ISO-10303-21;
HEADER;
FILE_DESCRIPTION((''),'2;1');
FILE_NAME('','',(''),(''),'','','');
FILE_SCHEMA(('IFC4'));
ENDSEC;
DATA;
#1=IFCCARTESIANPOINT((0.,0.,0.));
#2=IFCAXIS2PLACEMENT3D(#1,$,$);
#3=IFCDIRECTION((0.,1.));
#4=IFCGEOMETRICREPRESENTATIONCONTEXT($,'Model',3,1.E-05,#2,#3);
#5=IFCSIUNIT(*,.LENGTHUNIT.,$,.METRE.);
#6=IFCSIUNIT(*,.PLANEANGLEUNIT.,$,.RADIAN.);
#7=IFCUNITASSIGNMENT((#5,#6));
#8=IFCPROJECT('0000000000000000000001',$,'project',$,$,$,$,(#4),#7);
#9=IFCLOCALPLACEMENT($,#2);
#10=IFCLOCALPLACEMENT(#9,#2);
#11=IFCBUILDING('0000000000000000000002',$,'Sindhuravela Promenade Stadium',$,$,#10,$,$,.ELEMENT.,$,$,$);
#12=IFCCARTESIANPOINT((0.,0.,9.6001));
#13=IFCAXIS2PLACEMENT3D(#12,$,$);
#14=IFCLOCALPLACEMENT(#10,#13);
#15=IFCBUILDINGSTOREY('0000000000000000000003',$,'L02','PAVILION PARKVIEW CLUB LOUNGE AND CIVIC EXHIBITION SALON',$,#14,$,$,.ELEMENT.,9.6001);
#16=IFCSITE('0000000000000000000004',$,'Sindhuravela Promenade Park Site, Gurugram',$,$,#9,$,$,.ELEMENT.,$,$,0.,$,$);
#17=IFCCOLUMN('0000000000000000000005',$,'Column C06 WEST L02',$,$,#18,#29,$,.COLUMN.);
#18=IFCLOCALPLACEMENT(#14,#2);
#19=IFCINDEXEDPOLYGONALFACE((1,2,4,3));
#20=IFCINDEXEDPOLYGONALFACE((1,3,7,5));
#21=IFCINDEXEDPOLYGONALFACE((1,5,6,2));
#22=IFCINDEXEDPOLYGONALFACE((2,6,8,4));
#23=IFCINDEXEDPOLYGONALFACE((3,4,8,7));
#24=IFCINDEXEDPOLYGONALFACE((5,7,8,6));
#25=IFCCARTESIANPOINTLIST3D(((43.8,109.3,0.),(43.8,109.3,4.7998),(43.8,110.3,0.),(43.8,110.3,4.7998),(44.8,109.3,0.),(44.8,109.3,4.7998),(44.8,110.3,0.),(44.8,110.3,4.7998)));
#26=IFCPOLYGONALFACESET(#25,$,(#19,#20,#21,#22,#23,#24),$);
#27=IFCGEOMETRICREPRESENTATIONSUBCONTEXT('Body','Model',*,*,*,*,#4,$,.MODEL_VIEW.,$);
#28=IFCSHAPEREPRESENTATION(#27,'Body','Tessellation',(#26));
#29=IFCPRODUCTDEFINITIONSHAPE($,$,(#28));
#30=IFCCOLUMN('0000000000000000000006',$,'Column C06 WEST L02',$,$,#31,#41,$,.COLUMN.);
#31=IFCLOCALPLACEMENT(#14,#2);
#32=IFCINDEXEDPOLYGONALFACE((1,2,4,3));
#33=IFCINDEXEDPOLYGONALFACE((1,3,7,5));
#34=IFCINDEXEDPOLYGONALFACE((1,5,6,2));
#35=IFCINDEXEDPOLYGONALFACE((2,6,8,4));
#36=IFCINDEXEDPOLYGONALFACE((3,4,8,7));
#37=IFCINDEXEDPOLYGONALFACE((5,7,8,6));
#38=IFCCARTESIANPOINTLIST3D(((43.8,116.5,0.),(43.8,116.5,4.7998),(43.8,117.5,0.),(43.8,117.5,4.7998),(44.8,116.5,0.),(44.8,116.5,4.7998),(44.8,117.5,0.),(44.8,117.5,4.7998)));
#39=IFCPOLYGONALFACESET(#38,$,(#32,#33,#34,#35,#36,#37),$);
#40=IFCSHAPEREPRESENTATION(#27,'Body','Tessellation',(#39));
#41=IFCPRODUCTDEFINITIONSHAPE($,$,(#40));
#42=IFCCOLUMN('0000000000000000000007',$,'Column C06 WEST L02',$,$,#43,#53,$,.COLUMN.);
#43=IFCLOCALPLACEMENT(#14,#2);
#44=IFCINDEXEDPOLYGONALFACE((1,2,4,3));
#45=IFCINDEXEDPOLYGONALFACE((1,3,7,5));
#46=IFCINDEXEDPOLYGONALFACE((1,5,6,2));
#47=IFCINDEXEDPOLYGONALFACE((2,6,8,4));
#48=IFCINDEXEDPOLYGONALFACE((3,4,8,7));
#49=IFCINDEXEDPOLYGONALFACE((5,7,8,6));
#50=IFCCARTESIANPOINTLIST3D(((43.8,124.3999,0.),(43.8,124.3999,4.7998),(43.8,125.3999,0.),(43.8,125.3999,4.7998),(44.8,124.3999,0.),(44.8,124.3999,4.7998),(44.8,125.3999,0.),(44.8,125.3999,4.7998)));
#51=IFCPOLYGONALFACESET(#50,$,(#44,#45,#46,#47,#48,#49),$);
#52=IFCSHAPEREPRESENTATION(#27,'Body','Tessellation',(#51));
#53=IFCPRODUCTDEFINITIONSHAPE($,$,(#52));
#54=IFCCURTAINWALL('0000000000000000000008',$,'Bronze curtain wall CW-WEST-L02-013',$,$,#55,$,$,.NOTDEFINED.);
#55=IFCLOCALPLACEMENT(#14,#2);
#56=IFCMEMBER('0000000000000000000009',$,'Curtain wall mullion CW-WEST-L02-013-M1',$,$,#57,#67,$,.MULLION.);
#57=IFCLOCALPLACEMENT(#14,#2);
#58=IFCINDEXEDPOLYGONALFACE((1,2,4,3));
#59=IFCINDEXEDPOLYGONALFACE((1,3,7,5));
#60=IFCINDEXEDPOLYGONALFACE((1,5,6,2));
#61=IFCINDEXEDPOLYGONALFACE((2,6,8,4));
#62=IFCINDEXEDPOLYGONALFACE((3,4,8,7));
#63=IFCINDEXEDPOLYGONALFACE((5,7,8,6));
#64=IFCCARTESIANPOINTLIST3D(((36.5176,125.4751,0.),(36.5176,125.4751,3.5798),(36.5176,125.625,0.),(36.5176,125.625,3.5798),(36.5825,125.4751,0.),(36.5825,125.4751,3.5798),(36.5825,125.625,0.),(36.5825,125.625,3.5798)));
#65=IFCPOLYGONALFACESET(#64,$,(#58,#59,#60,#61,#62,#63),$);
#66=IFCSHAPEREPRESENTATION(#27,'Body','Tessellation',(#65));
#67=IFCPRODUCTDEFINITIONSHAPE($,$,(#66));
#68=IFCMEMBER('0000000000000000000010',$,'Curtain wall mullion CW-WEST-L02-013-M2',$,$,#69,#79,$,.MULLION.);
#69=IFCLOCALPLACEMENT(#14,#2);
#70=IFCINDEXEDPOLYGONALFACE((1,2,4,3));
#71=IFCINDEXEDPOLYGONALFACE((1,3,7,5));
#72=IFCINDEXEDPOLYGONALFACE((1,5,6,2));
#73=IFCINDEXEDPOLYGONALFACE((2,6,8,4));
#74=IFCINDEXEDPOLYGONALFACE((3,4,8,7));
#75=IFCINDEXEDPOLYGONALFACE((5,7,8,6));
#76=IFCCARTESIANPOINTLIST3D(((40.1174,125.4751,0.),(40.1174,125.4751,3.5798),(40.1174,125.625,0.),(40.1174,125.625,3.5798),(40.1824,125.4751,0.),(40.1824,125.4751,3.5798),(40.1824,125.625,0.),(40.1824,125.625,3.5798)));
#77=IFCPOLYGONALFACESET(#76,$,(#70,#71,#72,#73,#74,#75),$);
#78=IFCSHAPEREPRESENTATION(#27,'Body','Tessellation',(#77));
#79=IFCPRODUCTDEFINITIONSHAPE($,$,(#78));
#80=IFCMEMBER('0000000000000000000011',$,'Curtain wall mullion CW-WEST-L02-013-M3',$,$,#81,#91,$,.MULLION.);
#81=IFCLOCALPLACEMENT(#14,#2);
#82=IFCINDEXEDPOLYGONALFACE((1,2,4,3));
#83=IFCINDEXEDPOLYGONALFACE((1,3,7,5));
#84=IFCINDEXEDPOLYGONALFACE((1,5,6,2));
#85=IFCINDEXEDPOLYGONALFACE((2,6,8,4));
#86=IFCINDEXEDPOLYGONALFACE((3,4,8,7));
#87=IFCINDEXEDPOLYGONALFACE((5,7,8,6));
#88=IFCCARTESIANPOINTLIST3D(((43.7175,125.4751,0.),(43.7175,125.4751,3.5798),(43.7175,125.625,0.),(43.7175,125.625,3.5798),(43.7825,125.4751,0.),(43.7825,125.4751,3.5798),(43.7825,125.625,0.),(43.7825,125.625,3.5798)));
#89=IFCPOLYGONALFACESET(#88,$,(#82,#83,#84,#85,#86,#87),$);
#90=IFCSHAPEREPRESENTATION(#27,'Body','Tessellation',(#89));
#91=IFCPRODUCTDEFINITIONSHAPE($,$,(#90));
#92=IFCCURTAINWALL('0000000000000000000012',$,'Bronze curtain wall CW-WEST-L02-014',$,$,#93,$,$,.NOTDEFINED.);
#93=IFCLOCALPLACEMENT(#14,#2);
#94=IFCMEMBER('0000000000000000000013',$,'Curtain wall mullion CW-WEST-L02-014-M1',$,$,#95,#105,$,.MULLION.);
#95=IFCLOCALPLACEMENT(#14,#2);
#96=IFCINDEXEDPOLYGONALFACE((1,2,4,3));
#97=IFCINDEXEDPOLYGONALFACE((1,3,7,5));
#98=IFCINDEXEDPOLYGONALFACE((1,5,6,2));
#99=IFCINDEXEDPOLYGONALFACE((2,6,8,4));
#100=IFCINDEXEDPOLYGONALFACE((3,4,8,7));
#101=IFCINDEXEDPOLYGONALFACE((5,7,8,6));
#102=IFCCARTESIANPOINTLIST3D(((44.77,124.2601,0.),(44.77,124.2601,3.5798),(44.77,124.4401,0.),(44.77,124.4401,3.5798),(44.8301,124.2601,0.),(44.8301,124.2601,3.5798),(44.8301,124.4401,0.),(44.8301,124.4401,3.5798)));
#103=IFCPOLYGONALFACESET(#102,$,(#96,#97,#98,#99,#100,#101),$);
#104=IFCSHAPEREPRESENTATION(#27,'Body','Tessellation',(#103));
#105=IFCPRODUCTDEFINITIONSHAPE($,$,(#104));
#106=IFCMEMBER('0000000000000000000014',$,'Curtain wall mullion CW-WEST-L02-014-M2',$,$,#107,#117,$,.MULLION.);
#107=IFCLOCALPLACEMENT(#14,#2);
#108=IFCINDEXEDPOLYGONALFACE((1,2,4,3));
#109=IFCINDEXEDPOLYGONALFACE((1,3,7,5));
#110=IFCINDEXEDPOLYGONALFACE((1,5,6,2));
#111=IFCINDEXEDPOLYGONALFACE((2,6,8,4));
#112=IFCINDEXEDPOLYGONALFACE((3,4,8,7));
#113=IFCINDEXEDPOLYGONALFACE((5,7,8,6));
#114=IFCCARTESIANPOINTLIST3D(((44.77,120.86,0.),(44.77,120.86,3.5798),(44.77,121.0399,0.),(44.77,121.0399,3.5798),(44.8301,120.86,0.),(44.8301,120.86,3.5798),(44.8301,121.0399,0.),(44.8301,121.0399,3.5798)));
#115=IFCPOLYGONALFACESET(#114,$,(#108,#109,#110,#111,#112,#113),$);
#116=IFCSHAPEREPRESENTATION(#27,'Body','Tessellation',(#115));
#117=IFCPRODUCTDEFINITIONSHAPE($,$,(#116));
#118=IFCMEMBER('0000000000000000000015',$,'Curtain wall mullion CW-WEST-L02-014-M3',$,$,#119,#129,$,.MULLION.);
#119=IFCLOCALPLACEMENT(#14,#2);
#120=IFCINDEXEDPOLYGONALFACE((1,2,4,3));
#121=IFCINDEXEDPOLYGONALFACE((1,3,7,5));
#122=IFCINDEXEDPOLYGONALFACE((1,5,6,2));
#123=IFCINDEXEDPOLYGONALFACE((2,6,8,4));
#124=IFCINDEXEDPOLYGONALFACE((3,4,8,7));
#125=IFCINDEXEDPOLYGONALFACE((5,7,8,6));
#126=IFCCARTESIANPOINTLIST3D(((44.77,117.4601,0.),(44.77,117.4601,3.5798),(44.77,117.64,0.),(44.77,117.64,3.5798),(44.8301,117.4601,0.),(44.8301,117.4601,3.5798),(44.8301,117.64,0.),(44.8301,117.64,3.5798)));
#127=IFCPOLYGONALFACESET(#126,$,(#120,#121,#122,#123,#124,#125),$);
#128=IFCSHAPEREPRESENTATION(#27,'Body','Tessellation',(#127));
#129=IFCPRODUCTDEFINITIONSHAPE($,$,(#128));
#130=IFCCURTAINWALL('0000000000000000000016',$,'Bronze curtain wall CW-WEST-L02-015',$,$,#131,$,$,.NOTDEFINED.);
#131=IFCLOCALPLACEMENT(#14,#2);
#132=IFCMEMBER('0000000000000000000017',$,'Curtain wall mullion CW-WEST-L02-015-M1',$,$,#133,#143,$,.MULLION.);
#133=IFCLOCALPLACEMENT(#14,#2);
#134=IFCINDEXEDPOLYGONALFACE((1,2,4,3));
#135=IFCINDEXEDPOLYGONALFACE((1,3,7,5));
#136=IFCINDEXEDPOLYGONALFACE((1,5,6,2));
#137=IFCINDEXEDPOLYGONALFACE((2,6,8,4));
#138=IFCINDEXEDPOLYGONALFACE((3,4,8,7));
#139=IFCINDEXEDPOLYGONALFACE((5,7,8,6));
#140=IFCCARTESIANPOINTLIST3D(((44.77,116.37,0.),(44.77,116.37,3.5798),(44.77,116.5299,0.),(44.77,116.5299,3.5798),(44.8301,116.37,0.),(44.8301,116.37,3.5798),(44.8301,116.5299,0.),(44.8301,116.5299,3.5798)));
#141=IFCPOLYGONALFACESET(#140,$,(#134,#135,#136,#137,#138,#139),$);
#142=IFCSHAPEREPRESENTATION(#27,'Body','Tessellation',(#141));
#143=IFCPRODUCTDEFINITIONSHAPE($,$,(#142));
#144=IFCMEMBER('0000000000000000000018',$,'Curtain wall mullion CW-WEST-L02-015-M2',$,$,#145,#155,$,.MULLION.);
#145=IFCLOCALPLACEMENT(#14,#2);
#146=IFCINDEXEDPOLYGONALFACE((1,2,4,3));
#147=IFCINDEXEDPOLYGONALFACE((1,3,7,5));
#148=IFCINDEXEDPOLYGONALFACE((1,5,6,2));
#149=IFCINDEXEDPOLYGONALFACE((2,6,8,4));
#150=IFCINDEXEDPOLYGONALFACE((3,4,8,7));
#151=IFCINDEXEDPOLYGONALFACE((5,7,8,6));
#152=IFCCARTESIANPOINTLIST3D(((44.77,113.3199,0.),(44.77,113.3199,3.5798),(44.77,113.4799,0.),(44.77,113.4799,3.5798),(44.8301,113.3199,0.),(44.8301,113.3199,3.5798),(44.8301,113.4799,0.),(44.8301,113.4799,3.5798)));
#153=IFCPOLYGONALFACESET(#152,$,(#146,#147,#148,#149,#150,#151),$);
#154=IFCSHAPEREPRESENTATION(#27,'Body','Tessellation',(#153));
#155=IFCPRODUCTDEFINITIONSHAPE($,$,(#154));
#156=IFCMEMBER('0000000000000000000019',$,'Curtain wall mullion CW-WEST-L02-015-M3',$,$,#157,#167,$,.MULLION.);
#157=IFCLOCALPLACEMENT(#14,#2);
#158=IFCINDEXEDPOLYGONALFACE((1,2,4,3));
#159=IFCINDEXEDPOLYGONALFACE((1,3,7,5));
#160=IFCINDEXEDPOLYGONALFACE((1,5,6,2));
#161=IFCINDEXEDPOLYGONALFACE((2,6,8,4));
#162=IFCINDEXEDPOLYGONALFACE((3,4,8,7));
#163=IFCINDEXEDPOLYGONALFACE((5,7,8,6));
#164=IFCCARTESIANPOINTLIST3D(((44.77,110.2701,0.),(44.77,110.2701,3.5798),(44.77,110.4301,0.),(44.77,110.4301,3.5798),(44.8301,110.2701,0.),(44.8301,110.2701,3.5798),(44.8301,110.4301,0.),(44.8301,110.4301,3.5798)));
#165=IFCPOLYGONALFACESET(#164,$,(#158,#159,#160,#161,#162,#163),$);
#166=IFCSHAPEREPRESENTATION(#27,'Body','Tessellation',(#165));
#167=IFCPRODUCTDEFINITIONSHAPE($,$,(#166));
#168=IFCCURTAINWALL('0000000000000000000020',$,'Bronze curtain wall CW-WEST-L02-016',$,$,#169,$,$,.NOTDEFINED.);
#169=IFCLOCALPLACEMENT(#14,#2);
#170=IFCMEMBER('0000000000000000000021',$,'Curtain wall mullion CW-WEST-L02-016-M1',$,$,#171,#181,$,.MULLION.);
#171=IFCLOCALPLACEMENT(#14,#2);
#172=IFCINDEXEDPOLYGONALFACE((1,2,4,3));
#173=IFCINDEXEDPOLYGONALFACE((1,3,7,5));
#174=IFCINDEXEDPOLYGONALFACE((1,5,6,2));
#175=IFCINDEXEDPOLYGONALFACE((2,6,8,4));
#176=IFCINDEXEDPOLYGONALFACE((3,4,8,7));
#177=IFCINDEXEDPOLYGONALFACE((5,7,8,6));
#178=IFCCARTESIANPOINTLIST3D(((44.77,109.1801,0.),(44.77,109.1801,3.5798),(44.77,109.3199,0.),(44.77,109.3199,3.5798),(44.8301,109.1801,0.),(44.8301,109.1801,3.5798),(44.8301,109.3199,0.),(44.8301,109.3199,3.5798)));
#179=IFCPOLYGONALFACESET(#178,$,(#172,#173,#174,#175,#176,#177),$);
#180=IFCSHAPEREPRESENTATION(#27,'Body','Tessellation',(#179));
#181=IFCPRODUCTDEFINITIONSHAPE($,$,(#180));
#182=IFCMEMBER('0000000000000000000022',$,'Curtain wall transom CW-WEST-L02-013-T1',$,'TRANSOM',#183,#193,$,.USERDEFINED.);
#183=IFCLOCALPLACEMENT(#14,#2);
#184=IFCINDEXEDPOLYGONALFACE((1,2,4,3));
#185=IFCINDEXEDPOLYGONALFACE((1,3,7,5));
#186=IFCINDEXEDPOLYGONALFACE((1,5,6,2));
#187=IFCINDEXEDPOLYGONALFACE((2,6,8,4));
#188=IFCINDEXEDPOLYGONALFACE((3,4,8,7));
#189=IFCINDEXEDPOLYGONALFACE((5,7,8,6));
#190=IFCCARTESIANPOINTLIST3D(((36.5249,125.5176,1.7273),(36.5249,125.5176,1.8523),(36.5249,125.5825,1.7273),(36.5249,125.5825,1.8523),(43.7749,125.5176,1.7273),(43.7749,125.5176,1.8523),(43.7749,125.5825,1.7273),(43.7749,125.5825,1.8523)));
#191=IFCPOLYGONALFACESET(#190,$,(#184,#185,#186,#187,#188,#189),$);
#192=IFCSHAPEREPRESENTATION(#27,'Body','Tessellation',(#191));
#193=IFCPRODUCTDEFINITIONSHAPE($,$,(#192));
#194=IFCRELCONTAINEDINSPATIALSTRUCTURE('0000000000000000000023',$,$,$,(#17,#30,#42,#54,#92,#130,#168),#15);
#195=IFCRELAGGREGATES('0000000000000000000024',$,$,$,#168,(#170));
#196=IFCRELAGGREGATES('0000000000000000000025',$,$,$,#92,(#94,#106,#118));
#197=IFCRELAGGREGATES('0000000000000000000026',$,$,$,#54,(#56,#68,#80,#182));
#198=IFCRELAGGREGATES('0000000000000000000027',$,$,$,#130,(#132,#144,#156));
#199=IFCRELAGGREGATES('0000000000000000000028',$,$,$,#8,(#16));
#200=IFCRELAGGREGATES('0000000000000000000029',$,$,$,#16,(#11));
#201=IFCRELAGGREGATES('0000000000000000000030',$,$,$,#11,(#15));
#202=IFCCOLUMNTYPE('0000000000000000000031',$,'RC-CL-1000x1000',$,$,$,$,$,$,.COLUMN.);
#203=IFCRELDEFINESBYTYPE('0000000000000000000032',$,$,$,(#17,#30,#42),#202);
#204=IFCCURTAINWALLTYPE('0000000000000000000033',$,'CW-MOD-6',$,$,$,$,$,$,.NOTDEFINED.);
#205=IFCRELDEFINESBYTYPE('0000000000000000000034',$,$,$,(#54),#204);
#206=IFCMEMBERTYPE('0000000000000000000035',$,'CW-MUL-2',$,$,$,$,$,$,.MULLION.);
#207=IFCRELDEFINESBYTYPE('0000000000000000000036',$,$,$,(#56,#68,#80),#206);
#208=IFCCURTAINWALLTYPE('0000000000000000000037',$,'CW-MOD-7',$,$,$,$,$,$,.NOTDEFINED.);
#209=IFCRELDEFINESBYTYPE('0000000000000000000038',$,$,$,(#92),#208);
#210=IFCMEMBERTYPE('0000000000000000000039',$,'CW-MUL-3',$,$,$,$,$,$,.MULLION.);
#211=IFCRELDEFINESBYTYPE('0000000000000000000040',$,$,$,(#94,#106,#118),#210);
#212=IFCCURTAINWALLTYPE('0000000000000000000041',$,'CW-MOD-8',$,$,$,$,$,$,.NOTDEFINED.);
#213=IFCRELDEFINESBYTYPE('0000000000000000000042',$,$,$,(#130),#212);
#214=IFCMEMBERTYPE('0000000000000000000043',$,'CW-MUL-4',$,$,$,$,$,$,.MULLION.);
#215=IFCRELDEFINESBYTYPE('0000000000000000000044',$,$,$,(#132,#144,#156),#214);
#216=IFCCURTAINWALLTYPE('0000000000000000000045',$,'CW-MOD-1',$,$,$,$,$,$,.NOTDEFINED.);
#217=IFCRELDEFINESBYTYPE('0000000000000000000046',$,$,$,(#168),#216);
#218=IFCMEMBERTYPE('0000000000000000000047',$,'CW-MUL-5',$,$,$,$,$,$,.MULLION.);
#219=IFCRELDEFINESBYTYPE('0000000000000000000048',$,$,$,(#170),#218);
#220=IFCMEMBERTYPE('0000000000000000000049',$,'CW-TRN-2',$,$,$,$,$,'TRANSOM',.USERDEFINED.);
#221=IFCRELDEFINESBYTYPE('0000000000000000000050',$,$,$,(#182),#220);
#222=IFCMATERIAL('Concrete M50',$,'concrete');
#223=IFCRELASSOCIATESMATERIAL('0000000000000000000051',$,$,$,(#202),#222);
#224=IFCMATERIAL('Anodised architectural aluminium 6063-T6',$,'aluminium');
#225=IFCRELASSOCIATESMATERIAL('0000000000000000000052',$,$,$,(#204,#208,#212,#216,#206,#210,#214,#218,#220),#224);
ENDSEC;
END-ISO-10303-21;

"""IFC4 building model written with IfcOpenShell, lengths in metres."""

from ifc_helpers import new_model, si_unit, direction, frame, origin, origin_2d, place, context, subcontext, project, spatial, rectangle, extrude, material, material_profile, profile_set, type_object, element, aggregate, save


model = new_model("IFC4")

# Units and contexts
model_context = context("Model", 3, precision=1e-05, world=origin(), true_north=direction((0.0, 1.0)))
body_context = subcontext(model_context, "Body", "Model", "MODEL_VIEW")
ifc_project = project(units=[si_unit("LENGTHUNIT", "METRE"), si_unit("PLANEANGLEUNIT", "RADIAN")], contexts=[model_context])

# Site, building, storey
site_placement = place(None, origin())
site = spatial("IfcSite", under=ifc_project, at=site_placement, Name="Sindhuravela Promenade Park Site, Gurugram", CompositionType="ELEMENT", RefElevation=0.0)
building_placement = place(site_placement, origin())
building = spatial("IfcBuilding", under=site, at=building_placement, Name="Sindhuravela Promenade Stadium", CompositionType="ELEMENT")
storey_placement = place(building_placement, frame((0.0, 0.0, 9.6001)))
storey = spatial("IfcBuildingStorey", under=building, at=storey_placement, Name="L02", Description="PAVILION PARKVIEW CLUB LOUNGE AND CIVIC EXHIBITION SALON", CompositionType="ELEMENT", Elevation=9.6001)

# Columns
ifc_material_1 = material(Name="Concrete M50", Category="concrete")
ifc_material_profile_1 = material_profile(ifc_material_1, rectangle(XDim=1.0, YDim=1.0, at=origin_2d()), Name="RC 1000x1000")
ifc_profile_set_1 = profile_set([ifc_material_profile_1], Name="Concrete M50")
column_type = type_object("IfcColumnType", Name="RC-CL-1000x1000", PredefinedType="COLUMN", material=ifc_profile_set_1)
for number, where, z_axis, x_axis, name in (
    (1, (44.3, 109.8, 0.0), (0.0, 0.0, 1.0), (1.0, 0.0, 0.0), "Column C06 WEST L02"),
    (2, (44.3, 117.0, 0.0), (0.0, 0.0, 1.0), (1.0, 0.0, 0.0), "Column C06 WEST L02"),
    (3, (44.3, 124.8999, 0.0), (0.0, 0.0, 1.0), (1.0, 0.0, 0.0), "Column C06 WEST L02"),
):
    element("IfcColumn", number, at=place(storey_placement, frame(where, z_axis=z_axis, x_axis=x_axis)), inside=storey, type_object=column_type, Name=name, PredefinedType="COLUMN", context=body_context, shape_type="SweptSolid", body=[
        extrude(rectangle(XDim=1.0, YDim=1.0, at=origin_2d()), origin(), (0.0, 0.0, 1.0), 4.7998),
    ])

# Curtain walls, members
ifc_material_2 = material(Name="Anodised architectural aluminium 6063-T6", Category="aluminium")
curtain_wall_type_1 = type_object("IfcCurtainWallType", Name="CW-MOD-6", PredefinedType="NOTDEFINED", material=ifc_material_2)
curtain_wall_1_placement = place(storey_placement, origin())
curtain_wall_1 = element("IfcCurtainWall", 4, at=curtain_wall_1_placement, inside=storey, type_object=curtain_wall_type_1, Name="Bronze curtain wall CW-WEST-L02-013", PredefinedType="NOTDEFINED")
ifc_material_profile_2 = material_profile(ifc_material_2, rectangle(XDim=0.0649, YDim=0.1499, at=origin_2d()), Name="ALU MULL 65x150")
ifc_profile_set_2 = profile_set([ifc_material_profile_2], Name="Anodised architectural aluminium 6063-T6")
member_type_1 = type_object("IfcMemberType", Name="CW-MUL-2", PredefinedType="MULLION", material=ifc_profile_set_2)
member_1_placement = place(storey_placement, frame((36.55, 125.55, 0.0), z_axis=(0.0, 0.0, 1.0), x_axis=(1.0, 0.0, 0.0)))
member_1 = element("IfcMember", 5, at=member_1_placement, type_object=member_type_1, Name="Curtain wall mullion CW-WEST-L02-013-M1", PredefinedType="MULLION", context=body_context, shape_type="SweptSolid", body=[
    extrude(rectangle(XDim=0.0649, YDim=0.1499, at=origin_2d()), origin(), (0.0, 0.0, 1.0), 3.5798),
])
member_2_placement = place(storey_placement, frame((40.1499, 125.55, 0.0), z_axis=(0.0, 0.0, 1.0), x_axis=(1.0, 0.0, 0.0)))
member_2 = element("IfcMember", 6, at=member_2_placement, type_object=member_type_1, Name="Curtain wall mullion CW-WEST-L02-013-M2", PredefinedType="MULLION", context=body_context, shape_type="SweptSolid", body=[
    extrude(rectangle(XDim=0.0649, YDim=0.1499, at=origin_2d()), origin(), (0.0, 0.0, 1.0), 3.5798),
])
member_3_placement = place(storey_placement, frame((43.75, 125.55, 0.0), z_axis=(0.0, 0.0, 1.0), x_axis=(1.0, 0.0, 0.0)))
member_3 = element("IfcMember", 7, at=member_3_placement, type_object=member_type_1, Name="Curtain wall mullion CW-WEST-L02-013-M3", PredefinedType="MULLION", context=body_context, shape_type="SweptSolid", body=[
    extrude(rectangle(XDim=0.0649, YDim=0.1499, at=origin_2d()), origin(), (0.0, 0.0, 1.0), 3.5798),
])
curtain_wall_type_2 = type_object("IfcCurtainWallType", Name="CW-MOD-7", PredefinedType="NOTDEFINED", material=ifc_material_2)
curtain_wall_2_placement = place(storey_placement, origin())
curtain_wall_2 = element("IfcCurtainWall", 8, at=curtain_wall_2_placement, inside=storey, type_object=curtain_wall_type_2, Name="Bronze curtain wall CW-WEST-L02-014", PredefinedType="NOTDEFINED")
ifc_material_profile_3 = material_profile(ifc_material_2, rectangle(XDim=0.0601, YDim=0.1799, at=origin_2d()), Name="ALU M60x180")
ifc_profile_set_3 = profile_set([ifc_material_profile_3], Name="Anodised architectural aluminium 6063-T6")
member_type_2 = type_object("IfcMemberType", Name="CW-MUL-3", PredefinedType="MULLION", material=ifc_profile_set_3)
member_4_placement = place(storey_placement, frame((44.8, 124.3501, 0.0), z_axis=(0.0, 0.0, 1.0), x_axis=(1.0, 0.0, 0.0)))
member_4 = element("IfcMember", 9, at=member_4_placement, type_object=member_type_2, Name="Curtain wall mullion CW-WEST-L02-014-M1", PredefinedType="MULLION", context=body_context, shape_type="SweptSolid", body=[
    extrude(rectangle(XDim=0.0601, YDim=0.1799, at=origin_2d()), origin(), (0.0, 0.0, 1.0), 3.5798),
])
member_5_placement = place(storey_placement, frame((44.8, 120.95, 0.0), z_axis=(0.0, 0.0, 1.0), x_axis=(1.0, 0.0, 0.0)))
member_5 = element("IfcMember", 10, at=member_5_placement, type_object=member_type_2, Name="Curtain wall mullion CW-WEST-L02-014-M2", PredefinedType="MULLION", context=body_context, shape_type="SweptSolid", body=[
    extrude(rectangle(XDim=0.0601, YDim=0.1799, at=origin_2d()), origin(), (0.0, 0.0, 1.0), 3.5798),
])
member_6_placement = place(storey_placement, frame((44.8, 117.55, 0.0), z_axis=(0.0, 0.0, 1.0), x_axis=(1.0, 0.0, 0.0)))
member_6 = element("IfcMember", 11, at=member_6_placement, type_object=member_type_2, Name="Curtain wall mullion CW-WEST-L02-014-M3", PredefinedType="MULLION", context=body_context, shape_type="SweptSolid", body=[
    extrude(rectangle(XDim=0.0601, YDim=0.1799, at=origin_2d()), origin(), (0.0, 0.0, 1.0), 3.5798),
])
curtain_wall_type_3 = type_object("IfcCurtainWallType", Name="CW-MOD-8", PredefinedType="NOTDEFINED", material=ifc_material_2)
curtain_wall_3_placement = place(storey_placement, origin())
curtain_wall_3 = element("IfcCurtainWall", 12, at=curtain_wall_3_placement, inside=storey, type_object=curtain_wall_type_3, Name="Bronze curtain wall CW-WEST-L02-015", PredefinedType="NOTDEFINED")
ifc_material_profile_4 = material_profile(ifc_material_2, rectangle(XDim=0.0601, YDim=0.1599, at=origin_2d()), Name="ALU M60x160")
ifc_profile_set_4 = profile_set([ifc_material_profile_4], Name="Anodised architectural aluminium 6063-T6")
member_type_3 = type_object("IfcMemberType", Name="CW-MUL-4", PredefinedType="MULLION", material=ifc_profile_set_4)
member_7_placement = place(storey_placement, frame((44.8, 116.45, 0.0), z_axis=(0.0, 0.0, 1.0), x_axis=(1.0, 0.0, 0.0)))
member_7 = element("IfcMember", 13, at=member_7_placement, type_object=member_type_3, Name="Curtain wall mullion CW-WEST-L02-015-M1", PredefinedType="MULLION", context=body_context, shape_type="SweptSolid", body=[
    extrude(rectangle(XDim=0.0601, YDim=0.1599, at=origin_2d()), origin(), (0.0, 0.0, 1.0), 3.5798),
])
member_8_placement = place(storey_placement, frame((44.8, 113.3999, 0.0), z_axis=(0.0, 0.0, 1.0), x_axis=(1.0, 0.0, 0.0)))
member_8 = element("IfcMember", 14, at=member_8_placement, type_object=member_type_3, Name="Curtain wall mullion CW-WEST-L02-015-M2", PredefinedType="MULLION", context=body_context, shape_type="SweptSolid", body=[
    extrude(rectangle(XDim=0.0601, YDim=0.1599, at=origin_2d()), origin(), (0.0, 0.0, 1.0), 3.5798),
])
member_9_placement = place(storey_placement, frame((44.8, 110.3501, 0.0), z_axis=(0.0, 0.0, 1.0), x_axis=(1.0, 0.0, 0.0)))
member_9 = element("IfcMember", 15, at=member_9_placement, type_object=member_type_3, Name="Curtain wall mullion CW-WEST-L02-015-M3", PredefinedType="MULLION", context=body_context, shape_type="SweptSolid", body=[
    extrude(rectangle(XDim=0.0601, YDim=0.1599, at=origin_2d()), origin(), (0.0, 0.0, 1.0), 3.5798),
])

# Curtain wall, member
curtain_wall_type_4 = type_object("IfcCurtainWallType", Name="CW-MOD-1", PredefinedType="NOTDEFINED", material=ifc_material_2)
curtain_wall_4_placement = place(storey_placement, origin())
curtain_wall_4 = element("IfcCurtainWall", 16, at=curtain_wall_4_placement, inside=storey, type_object=curtain_wall_type_4, Name="Bronze curtain wall CW-WEST-L02-016", PredefinedType="NOTDEFINED")
ifc_material_profile_5 = material_profile(ifc_material_2, rectangle(XDim=0.0601, YDim=0.1399, at=origin_2d()), Name="ALU M60x140")
ifc_profile_set_5 = profile_set([ifc_material_profile_5], Name="Anodised architectural aluminium 6063-T6")
member_type_4 = type_object("IfcMemberType", Name="CW-MUL-5", PredefinedType="MULLION", material=ifc_profile_set_5)
member_10_placement = place(storey_placement, frame((44.8, 109.25, 0.0), z_axis=(0.0, 0.0, 1.0), x_axis=(1.0, 0.0, 0.0)))
member_10 = element("IfcMember", 17, at=member_10_placement, type_object=member_type_4, Name="Curtain wall mullion CW-WEST-L02-016-M1", PredefinedType="MULLION", context=body_context, shape_type="SweptSolid", body=[
    extrude(rectangle(XDim=0.0601, YDim=0.1399, at=origin_2d()), origin(), (0.0, 0.0, 1.0), 3.5798),
])

# Member
ifc_material_profile_6 = material_profile(ifc_material_2, rectangle(XDim=0.0649, YDim=0.125, at=origin_2d()), Name="ALU TRAN 65x125")
ifc_profile_set_6 = profile_set([ifc_material_profile_6], Name="Anodised architectural aluminium 6063-T6")
member_type_5 = type_object("IfcMemberType", Name="CW-TRN-2", ElementType="TRANSOM", PredefinedType="USERDEFINED", material=ifc_profile_set_6)
member_11_placement = place(storey_placement, frame((36.5249, 125.55, 1.7898), z_axis=(1.0, 0.0, 0.0), x_axis=(0.0, 1.0, 0.0)))
member_11 = element("IfcMember", 18, at=member_11_placement, type_object=member_type_5, Name="Curtain wall transom CW-WEST-L02-013-T1", ObjectType="TRANSOM", PredefinedType="USERDEFINED", context=body_context, shape_type="SweptSolid", body=[
    extrude(rectangle(XDim=0.0649, YDim=0.125, at=origin_2d()), origin(), (0.0, 0.0, 1.0), 7.25),
])
aggregate(curtain_wall_4, [member_10])

aggregate(curtain_wall_2, [member_4, member_5, member_6])
aggregate(curtain_wall_1, [member_1, member_2, member_3, member_11])
aggregate(curtain_wall_3, [member_7, member_8, member_9])

save(model, "model.ifc")
